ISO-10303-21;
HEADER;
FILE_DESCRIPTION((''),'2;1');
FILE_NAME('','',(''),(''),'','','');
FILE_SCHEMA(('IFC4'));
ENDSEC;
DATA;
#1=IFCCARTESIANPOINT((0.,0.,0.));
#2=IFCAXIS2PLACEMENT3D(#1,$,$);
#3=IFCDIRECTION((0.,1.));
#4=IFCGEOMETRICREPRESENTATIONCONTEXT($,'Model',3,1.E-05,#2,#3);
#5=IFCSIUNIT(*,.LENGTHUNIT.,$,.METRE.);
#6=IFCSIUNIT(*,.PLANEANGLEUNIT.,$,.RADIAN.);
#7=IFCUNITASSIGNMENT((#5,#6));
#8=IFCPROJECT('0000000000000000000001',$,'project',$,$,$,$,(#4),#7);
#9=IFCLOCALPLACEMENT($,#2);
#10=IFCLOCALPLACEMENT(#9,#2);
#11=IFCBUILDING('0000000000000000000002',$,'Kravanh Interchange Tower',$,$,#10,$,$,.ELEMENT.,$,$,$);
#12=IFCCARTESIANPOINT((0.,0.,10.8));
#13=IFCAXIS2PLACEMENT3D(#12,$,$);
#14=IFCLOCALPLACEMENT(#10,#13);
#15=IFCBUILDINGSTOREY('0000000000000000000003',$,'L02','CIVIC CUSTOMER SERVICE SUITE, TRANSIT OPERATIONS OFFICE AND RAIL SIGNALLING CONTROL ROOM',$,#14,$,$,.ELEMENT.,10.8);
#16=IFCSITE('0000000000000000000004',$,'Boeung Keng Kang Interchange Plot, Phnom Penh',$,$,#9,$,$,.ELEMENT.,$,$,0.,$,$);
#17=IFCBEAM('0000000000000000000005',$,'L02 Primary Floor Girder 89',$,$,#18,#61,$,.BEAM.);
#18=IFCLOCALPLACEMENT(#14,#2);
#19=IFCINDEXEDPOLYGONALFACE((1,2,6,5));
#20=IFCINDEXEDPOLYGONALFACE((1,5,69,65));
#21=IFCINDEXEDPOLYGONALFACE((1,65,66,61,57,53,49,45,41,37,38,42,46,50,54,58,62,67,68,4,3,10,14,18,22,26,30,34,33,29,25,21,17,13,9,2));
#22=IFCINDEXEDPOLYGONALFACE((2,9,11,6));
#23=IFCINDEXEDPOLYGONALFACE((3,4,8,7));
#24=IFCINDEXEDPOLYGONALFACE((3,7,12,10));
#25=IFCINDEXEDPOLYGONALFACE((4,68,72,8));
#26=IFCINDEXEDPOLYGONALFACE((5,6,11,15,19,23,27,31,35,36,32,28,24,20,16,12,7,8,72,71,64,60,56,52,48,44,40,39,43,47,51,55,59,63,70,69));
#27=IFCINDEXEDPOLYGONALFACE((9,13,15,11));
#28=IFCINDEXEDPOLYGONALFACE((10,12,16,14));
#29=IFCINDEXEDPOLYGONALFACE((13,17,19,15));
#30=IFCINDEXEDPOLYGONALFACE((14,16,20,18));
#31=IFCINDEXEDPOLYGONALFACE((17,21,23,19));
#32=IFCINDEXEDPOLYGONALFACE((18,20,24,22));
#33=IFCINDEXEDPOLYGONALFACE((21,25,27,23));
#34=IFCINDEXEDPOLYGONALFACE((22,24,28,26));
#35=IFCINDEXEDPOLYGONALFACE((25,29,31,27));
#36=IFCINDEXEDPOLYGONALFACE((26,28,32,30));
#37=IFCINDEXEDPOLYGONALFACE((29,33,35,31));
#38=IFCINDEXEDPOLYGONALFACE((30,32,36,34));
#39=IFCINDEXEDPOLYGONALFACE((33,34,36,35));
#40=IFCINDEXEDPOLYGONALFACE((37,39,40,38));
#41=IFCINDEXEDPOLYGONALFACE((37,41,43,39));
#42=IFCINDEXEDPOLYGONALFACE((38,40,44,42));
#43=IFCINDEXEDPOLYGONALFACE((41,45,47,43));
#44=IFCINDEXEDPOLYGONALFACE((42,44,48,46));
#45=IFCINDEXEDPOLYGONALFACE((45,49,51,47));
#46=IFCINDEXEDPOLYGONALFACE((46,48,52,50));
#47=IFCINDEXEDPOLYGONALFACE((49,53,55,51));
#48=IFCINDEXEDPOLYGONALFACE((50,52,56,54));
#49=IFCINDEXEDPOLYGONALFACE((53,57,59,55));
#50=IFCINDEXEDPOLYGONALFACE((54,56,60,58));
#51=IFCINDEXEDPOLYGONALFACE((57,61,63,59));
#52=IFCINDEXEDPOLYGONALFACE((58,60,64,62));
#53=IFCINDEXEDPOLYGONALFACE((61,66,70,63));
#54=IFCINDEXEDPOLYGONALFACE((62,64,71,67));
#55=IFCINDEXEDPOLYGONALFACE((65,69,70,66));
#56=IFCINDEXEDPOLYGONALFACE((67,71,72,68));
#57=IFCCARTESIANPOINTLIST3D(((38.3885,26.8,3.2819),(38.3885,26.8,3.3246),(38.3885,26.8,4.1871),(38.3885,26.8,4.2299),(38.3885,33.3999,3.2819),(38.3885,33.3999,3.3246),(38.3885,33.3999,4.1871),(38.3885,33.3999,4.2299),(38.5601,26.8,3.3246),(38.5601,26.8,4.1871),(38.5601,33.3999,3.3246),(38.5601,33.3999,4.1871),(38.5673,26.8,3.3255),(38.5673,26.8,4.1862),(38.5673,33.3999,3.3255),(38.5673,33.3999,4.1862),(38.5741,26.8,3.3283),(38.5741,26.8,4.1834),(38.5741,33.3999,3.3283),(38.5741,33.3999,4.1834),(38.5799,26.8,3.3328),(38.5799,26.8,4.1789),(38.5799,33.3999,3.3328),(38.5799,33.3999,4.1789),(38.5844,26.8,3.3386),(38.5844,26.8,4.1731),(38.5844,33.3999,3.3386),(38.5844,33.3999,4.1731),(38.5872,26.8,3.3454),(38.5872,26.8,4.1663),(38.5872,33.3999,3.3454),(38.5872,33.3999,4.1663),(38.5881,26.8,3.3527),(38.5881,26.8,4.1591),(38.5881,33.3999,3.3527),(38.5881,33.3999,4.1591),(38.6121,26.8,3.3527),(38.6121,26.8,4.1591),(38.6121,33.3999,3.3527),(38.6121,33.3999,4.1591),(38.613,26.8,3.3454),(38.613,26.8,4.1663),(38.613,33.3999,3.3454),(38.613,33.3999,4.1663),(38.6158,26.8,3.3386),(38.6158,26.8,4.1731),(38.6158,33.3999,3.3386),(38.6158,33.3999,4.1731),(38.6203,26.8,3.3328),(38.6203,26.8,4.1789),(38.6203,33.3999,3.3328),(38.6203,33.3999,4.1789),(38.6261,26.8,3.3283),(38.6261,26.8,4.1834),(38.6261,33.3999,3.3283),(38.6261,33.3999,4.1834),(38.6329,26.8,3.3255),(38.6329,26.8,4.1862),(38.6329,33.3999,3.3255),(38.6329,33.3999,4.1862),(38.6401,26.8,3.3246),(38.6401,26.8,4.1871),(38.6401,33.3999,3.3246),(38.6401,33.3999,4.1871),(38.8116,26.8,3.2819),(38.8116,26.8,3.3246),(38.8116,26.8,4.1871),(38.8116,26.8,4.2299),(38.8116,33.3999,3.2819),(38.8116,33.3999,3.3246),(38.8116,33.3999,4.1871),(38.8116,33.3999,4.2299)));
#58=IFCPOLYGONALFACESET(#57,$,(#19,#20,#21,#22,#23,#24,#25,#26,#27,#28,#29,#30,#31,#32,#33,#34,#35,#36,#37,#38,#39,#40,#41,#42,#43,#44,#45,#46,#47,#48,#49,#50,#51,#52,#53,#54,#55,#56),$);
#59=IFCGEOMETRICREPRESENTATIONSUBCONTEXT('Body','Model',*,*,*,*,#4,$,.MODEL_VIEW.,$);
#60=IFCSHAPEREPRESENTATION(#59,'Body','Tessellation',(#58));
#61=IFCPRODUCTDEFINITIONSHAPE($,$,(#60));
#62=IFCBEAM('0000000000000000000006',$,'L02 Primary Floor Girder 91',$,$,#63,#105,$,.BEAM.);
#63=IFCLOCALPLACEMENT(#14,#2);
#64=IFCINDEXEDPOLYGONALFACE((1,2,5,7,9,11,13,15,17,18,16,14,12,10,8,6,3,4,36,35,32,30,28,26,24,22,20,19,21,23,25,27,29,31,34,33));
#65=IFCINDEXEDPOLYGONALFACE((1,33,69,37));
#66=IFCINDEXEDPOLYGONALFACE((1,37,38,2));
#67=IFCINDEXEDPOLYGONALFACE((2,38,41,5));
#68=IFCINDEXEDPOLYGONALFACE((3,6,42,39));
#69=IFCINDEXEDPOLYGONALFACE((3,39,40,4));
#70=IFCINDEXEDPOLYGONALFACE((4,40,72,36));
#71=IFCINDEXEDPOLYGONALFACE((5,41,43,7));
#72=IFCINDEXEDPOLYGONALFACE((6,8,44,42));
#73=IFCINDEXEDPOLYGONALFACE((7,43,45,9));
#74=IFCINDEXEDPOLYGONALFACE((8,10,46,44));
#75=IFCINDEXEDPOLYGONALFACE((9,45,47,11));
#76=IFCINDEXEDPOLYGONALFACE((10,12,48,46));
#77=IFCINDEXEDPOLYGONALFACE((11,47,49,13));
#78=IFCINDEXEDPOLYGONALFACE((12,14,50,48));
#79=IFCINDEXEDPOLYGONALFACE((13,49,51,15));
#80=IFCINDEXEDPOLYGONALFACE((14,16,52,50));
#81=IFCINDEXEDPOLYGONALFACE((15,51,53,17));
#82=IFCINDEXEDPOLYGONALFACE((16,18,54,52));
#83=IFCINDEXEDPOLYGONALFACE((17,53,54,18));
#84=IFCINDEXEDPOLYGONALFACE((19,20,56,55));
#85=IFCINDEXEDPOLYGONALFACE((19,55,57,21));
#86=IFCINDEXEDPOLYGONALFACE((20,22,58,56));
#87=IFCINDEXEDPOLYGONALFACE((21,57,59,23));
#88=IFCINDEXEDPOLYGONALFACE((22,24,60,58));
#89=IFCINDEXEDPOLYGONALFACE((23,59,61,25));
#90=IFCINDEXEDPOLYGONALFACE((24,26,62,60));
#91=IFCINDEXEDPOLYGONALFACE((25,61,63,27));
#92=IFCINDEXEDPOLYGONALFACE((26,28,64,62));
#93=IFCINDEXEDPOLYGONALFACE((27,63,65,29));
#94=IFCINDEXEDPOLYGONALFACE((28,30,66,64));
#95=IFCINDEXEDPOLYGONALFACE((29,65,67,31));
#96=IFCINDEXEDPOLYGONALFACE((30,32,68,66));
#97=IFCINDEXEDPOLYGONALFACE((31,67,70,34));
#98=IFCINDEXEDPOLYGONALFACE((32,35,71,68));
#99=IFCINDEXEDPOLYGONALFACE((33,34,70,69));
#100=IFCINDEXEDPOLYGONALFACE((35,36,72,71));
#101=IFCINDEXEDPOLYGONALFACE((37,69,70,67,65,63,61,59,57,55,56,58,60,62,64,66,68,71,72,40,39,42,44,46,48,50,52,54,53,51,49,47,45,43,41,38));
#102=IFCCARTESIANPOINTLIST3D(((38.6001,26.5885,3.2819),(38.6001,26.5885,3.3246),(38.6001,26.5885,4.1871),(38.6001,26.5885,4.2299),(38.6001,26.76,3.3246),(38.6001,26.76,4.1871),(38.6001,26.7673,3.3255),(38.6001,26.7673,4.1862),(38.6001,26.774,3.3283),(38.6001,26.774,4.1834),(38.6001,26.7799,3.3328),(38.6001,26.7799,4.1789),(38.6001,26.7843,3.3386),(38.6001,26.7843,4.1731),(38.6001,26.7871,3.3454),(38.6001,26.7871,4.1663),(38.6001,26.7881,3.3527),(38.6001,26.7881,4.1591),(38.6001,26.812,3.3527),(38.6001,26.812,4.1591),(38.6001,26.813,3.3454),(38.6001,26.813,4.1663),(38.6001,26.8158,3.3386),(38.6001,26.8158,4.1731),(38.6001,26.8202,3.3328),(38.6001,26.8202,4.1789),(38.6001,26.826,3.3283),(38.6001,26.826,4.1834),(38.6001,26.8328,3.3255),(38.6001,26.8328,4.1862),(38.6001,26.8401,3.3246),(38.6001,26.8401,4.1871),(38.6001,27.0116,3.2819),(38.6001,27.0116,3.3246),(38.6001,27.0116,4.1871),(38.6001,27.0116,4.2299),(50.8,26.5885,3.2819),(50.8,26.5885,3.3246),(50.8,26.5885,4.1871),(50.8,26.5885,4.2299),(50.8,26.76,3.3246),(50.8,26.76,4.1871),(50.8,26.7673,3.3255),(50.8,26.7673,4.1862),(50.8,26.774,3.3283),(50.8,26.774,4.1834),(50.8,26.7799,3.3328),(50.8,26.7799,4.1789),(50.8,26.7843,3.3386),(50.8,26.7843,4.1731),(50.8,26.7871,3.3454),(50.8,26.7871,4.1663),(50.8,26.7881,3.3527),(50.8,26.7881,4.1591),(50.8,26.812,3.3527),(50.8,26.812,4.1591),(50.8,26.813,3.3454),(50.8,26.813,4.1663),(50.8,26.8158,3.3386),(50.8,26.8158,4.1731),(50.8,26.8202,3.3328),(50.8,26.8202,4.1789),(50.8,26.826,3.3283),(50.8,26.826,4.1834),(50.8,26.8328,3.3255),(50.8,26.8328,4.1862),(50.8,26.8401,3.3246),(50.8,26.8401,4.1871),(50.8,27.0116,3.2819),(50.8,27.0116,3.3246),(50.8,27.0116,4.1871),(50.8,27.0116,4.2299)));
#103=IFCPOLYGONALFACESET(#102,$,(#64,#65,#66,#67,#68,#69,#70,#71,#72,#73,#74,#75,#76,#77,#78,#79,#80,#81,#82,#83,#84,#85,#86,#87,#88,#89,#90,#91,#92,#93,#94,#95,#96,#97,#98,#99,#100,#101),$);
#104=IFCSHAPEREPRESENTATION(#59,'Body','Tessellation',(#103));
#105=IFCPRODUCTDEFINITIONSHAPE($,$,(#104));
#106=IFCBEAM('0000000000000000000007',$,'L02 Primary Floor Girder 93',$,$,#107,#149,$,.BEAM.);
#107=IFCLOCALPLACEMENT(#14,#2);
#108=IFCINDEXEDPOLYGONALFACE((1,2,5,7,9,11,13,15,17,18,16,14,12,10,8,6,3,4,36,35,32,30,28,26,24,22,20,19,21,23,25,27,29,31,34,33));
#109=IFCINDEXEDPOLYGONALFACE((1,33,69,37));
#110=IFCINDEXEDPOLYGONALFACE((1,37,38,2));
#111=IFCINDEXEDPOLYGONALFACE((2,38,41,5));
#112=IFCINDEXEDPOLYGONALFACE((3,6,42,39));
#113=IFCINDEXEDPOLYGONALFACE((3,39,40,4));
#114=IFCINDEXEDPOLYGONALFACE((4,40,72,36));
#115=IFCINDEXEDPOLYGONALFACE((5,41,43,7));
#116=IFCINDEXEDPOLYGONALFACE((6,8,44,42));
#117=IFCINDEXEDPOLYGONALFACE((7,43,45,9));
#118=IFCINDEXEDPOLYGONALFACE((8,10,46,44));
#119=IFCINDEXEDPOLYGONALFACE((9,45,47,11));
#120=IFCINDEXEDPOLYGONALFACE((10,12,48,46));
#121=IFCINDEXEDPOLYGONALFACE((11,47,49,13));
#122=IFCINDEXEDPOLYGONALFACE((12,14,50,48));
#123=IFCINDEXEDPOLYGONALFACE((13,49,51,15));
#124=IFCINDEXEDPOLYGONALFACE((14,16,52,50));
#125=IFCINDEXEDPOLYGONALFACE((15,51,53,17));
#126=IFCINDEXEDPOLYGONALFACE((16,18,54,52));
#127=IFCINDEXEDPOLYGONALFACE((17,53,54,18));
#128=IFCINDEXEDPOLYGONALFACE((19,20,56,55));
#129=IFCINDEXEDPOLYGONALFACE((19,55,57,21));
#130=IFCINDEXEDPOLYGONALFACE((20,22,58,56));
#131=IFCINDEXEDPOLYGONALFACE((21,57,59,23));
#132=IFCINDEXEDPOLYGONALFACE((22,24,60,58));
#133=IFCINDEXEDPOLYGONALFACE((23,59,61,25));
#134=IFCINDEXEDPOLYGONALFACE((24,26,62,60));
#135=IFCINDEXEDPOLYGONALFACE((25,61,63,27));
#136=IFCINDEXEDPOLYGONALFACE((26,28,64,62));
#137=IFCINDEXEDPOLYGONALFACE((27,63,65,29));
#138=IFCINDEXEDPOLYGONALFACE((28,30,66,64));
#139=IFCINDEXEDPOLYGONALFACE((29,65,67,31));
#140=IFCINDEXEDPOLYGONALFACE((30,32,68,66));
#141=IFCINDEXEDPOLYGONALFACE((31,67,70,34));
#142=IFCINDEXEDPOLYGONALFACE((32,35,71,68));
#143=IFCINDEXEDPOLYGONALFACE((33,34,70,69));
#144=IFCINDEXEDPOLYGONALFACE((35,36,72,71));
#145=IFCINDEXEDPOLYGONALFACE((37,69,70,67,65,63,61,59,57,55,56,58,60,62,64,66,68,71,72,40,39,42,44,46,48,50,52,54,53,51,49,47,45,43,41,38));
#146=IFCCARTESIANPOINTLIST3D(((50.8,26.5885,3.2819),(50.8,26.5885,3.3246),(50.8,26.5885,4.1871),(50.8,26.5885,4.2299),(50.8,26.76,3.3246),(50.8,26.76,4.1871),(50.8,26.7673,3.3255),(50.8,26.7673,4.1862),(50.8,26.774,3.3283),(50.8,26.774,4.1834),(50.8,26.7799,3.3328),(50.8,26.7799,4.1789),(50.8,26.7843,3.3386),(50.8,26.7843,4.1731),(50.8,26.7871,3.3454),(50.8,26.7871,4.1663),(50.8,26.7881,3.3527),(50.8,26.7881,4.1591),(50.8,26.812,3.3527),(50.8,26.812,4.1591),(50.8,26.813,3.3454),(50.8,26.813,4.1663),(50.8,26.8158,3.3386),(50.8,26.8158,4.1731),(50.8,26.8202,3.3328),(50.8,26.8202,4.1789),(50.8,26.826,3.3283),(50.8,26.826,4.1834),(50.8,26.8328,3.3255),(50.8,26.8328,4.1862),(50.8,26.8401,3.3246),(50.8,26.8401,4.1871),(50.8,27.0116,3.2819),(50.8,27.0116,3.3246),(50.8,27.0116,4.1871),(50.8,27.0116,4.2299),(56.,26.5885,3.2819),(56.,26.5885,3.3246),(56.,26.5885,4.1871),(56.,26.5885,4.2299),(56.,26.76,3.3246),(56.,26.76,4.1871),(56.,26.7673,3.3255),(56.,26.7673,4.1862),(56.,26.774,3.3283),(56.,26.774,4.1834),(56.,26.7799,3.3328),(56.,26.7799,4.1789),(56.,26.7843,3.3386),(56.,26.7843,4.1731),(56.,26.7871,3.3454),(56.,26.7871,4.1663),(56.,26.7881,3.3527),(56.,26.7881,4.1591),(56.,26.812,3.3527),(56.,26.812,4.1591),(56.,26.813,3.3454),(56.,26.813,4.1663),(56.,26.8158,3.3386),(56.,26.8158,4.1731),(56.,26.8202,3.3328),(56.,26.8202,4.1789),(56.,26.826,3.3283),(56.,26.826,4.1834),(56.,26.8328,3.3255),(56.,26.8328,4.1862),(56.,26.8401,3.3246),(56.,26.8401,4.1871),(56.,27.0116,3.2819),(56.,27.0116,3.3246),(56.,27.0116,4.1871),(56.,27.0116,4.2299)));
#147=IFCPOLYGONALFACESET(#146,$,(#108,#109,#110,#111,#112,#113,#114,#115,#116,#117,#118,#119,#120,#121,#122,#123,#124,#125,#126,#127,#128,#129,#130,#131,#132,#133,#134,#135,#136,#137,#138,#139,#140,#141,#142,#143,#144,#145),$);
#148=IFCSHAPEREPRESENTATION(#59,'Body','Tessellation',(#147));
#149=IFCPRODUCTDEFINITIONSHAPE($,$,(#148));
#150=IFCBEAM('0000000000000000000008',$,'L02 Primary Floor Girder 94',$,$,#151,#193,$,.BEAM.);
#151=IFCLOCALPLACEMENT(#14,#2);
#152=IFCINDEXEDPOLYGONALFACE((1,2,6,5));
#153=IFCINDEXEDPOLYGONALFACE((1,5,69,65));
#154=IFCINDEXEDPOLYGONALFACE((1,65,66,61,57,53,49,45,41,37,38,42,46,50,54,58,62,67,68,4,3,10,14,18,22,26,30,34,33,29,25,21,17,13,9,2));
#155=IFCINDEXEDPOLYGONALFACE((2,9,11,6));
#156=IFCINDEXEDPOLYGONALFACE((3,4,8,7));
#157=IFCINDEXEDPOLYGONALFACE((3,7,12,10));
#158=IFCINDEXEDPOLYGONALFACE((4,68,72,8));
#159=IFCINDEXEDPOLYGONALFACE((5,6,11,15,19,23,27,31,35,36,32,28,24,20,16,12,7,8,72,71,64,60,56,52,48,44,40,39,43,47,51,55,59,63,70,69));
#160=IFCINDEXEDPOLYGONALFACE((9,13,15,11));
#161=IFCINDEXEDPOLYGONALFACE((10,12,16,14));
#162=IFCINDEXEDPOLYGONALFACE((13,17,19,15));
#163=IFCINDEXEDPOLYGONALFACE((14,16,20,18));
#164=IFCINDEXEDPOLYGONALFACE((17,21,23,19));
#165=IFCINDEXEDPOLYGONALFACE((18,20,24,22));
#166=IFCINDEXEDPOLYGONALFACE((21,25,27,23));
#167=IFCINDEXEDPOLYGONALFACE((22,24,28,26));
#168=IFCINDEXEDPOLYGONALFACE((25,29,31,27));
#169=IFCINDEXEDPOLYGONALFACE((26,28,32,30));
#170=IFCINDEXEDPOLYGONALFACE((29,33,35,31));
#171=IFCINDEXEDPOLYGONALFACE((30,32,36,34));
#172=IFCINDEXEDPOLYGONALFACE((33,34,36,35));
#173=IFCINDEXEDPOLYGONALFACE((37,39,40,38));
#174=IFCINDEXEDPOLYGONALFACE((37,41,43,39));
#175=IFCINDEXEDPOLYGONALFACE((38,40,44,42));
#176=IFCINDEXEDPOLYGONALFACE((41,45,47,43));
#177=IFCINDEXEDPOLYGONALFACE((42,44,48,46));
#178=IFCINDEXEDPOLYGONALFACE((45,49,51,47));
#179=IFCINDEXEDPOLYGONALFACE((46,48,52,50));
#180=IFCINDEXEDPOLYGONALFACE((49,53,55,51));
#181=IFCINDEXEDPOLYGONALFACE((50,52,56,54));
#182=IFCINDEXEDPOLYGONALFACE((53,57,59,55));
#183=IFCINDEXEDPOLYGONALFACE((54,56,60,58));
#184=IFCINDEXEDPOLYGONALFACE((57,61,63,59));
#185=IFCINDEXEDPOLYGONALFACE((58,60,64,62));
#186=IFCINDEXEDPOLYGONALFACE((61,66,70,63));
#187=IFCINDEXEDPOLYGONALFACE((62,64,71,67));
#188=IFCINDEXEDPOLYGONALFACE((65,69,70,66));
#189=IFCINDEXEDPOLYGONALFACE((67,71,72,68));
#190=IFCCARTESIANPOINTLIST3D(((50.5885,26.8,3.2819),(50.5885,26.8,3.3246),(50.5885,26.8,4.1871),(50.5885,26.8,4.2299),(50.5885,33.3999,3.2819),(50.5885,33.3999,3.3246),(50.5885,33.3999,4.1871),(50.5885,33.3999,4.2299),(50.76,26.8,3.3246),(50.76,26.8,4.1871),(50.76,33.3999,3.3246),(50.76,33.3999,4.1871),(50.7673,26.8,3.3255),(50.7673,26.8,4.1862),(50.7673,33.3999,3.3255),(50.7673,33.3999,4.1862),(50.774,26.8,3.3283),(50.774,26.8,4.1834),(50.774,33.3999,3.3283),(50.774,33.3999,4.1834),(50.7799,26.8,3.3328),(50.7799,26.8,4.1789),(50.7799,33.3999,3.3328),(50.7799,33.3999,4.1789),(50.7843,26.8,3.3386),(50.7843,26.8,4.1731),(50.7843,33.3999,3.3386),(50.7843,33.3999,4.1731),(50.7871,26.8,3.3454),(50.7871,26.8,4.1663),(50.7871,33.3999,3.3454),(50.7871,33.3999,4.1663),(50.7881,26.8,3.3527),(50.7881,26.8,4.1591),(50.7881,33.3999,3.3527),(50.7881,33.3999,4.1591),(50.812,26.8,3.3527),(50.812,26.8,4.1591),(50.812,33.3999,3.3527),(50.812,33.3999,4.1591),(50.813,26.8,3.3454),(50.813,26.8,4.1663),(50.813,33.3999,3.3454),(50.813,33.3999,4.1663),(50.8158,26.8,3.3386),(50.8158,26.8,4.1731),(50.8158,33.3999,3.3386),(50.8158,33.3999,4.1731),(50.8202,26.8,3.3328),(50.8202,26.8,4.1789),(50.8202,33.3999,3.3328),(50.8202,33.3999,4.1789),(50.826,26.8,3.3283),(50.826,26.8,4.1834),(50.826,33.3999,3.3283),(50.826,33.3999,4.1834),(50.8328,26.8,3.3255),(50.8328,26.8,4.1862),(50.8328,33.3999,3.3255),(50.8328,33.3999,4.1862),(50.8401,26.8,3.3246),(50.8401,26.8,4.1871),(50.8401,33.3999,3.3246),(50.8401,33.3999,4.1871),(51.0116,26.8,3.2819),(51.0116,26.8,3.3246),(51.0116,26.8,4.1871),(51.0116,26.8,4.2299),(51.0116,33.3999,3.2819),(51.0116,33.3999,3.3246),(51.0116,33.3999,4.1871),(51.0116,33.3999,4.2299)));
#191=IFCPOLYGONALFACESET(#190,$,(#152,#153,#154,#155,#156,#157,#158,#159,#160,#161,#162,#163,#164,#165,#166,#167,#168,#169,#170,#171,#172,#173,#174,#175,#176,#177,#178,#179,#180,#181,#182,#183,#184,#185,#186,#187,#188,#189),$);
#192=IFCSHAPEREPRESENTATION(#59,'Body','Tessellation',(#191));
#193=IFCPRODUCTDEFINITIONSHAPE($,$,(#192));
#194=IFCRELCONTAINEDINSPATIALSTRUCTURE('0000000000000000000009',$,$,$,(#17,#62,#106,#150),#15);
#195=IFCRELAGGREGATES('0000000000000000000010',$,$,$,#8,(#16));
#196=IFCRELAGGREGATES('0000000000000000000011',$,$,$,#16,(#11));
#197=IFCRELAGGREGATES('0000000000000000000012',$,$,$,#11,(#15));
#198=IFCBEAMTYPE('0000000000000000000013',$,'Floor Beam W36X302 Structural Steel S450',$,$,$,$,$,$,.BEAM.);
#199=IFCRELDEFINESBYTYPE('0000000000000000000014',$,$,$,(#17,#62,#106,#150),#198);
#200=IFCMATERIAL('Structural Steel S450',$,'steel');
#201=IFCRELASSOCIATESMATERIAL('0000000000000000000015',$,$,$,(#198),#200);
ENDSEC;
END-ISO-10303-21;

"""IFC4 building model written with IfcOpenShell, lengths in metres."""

from ifc_helpers import new_model, si_unit, direction, frame, origin, origin_2d, place, context, subcontext, project, spatial, i_section, extrude, material, material_profile, profile_set, type_object, element, save


model = new_model("IFC4")

# Units and contexts
model_context = context("Model", 3, precision=1e-05, world=origin(), true_north=direction((0.0, 1.0)))
body_context = subcontext(model_context, "Body", "Model", "MODEL_VIEW")
ifc_project = project(units=[si_unit("LENGTHUNIT", "METRE"), si_unit("PLANEANGLEUNIT", "RADIAN")], contexts=[model_context])

# Site, building, storey
site_placement = place(None, origin())
site = spatial("IfcSite", under=ifc_project, at=site_placement, Name="Boeung Keng Kang Interchange Plot, Phnom Penh", CompositionType="ELEMENT", RefElevation=0.0)
building_placement = place(site_placement, origin())
building = spatial("IfcBuilding", under=site, at=building_placement, Name="Kravanh Interchange Tower", CompositionType="ELEMENT")
storey_placement = place(building_placement, frame((0.0, 0.0, 10.8)))
storey = spatial("IfcBuildingStorey", under=building, at=storey_placement, Name="L02", Description="CIVIC CUSTOMER SERVICE SUITE, TRANSIT OPERATIONS OFFICE AND RAIL SIGNALLING CONTROL ROOM", CompositionType="ELEMENT", Elevation=10.8)

# Beams
ifc_material_1 = material(Name="Structural Steel S450", Category="steel")
ifc_material_profile_1 = material_profile(ifc_material_1, i_section(OverallWidth=0.4231, OverallDepth=0.948, WebThickness=0.0239, FlangeThickness=0.0427, FilletRadius=0.0281, at=origin_2d()), Name="W36X302")
ifc_profile_set_1 = profile_set([ifc_material_profile_1], Name="Structural Steel S450")
beam_type_1 = type_object("IfcBeamType", Name="Floor Beam W36X302 Structural Steel S450", PredefinedType="BEAM", material=ifc_profile_set_1)
beam_1_placement = place(storey_placement, frame((38.6001, 26.8, 3.7559), z_axis=(0.0, 1.0, 0.0), x_axis=(-1.0, 0.0, 0.0)))
element("IfcBeam", 1, at=beam_1_placement, inside=storey, type_object=beam_type_1, Name="L02 Primary Floor Girder 89", PredefinedType="BEAM", context=body_context, shape_type="SweptSolid", body=[
    extrude(i_section(OverallWidth=0.4231, OverallDepth=0.948, WebThickness=0.0239, FlangeThickness=0.0427, FilletRadius=0.0281, at=origin_2d()), origin(), (0.0, 0.0, 1.0), 6.5999),
])
beam_2_placement = place(storey_placement, frame((38.6001, 26.8, 3.7559), z_axis=(1.0, 0.0, 0.0), x_axis=(0.0, 1.0, 0.0)))
element("IfcBeam", 2, at=beam_2_placement, inside=storey, type_object=beam_type_1, Name="L02 Primary Floor Girder 91", PredefinedType="BEAM", context=body_context, shape_type="SweptSolid", body=[
    extrude(i_section(OverallWidth=0.4231, OverallDepth=0.948, WebThickness=0.0239, FlangeThickness=0.0427, FilletRadius=0.0281, at=origin_2d()), origin(), (0.0, 0.0, 1.0), 12.2),
])
beam_3_placement = place(storey_placement, frame((50.8, 26.8, 3.7559), z_axis=(1.0, 0.0, 0.0), x_axis=(0.0, 1.0, 0.0)))
element("IfcBeam", 3, at=beam_3_placement, inside=storey, type_object=beam_type_1, Name="L02 Primary Floor Girder 93", PredefinedType="BEAM", context=body_context, shape_type="SweptSolid", body=[
    extrude(i_section(OverallWidth=0.4231, OverallDepth=0.948, WebThickness=0.0239, FlangeThickness=0.0427, FilletRadius=0.0281, at=origin_2d()), origin(), (0.0, 0.0, 1.0), 5.2),
])
beam_4_placement = place(storey_placement, frame((50.8, 26.8, 3.7559), z_axis=(0.0, 1.0, 0.0), x_axis=(-1.0, 0.0, 0.0)))
element("IfcBeam", 4, at=beam_4_placement, inside=storey, type_object=beam_type_1, Name="L02 Primary Floor Girder 94", PredefinedType="BEAM", context=body_context, shape_type="SweptSolid", body=[
    extrude(i_section(OverallWidth=0.4231, OverallDepth=0.948, WebThickness=0.0239, FlangeThickness=0.0427, FilletRadius=0.0281, at=origin_2d()), origin(), (0.0, 0.0, 1.0), 6.5999),
])

save(model, "model.ifc")
